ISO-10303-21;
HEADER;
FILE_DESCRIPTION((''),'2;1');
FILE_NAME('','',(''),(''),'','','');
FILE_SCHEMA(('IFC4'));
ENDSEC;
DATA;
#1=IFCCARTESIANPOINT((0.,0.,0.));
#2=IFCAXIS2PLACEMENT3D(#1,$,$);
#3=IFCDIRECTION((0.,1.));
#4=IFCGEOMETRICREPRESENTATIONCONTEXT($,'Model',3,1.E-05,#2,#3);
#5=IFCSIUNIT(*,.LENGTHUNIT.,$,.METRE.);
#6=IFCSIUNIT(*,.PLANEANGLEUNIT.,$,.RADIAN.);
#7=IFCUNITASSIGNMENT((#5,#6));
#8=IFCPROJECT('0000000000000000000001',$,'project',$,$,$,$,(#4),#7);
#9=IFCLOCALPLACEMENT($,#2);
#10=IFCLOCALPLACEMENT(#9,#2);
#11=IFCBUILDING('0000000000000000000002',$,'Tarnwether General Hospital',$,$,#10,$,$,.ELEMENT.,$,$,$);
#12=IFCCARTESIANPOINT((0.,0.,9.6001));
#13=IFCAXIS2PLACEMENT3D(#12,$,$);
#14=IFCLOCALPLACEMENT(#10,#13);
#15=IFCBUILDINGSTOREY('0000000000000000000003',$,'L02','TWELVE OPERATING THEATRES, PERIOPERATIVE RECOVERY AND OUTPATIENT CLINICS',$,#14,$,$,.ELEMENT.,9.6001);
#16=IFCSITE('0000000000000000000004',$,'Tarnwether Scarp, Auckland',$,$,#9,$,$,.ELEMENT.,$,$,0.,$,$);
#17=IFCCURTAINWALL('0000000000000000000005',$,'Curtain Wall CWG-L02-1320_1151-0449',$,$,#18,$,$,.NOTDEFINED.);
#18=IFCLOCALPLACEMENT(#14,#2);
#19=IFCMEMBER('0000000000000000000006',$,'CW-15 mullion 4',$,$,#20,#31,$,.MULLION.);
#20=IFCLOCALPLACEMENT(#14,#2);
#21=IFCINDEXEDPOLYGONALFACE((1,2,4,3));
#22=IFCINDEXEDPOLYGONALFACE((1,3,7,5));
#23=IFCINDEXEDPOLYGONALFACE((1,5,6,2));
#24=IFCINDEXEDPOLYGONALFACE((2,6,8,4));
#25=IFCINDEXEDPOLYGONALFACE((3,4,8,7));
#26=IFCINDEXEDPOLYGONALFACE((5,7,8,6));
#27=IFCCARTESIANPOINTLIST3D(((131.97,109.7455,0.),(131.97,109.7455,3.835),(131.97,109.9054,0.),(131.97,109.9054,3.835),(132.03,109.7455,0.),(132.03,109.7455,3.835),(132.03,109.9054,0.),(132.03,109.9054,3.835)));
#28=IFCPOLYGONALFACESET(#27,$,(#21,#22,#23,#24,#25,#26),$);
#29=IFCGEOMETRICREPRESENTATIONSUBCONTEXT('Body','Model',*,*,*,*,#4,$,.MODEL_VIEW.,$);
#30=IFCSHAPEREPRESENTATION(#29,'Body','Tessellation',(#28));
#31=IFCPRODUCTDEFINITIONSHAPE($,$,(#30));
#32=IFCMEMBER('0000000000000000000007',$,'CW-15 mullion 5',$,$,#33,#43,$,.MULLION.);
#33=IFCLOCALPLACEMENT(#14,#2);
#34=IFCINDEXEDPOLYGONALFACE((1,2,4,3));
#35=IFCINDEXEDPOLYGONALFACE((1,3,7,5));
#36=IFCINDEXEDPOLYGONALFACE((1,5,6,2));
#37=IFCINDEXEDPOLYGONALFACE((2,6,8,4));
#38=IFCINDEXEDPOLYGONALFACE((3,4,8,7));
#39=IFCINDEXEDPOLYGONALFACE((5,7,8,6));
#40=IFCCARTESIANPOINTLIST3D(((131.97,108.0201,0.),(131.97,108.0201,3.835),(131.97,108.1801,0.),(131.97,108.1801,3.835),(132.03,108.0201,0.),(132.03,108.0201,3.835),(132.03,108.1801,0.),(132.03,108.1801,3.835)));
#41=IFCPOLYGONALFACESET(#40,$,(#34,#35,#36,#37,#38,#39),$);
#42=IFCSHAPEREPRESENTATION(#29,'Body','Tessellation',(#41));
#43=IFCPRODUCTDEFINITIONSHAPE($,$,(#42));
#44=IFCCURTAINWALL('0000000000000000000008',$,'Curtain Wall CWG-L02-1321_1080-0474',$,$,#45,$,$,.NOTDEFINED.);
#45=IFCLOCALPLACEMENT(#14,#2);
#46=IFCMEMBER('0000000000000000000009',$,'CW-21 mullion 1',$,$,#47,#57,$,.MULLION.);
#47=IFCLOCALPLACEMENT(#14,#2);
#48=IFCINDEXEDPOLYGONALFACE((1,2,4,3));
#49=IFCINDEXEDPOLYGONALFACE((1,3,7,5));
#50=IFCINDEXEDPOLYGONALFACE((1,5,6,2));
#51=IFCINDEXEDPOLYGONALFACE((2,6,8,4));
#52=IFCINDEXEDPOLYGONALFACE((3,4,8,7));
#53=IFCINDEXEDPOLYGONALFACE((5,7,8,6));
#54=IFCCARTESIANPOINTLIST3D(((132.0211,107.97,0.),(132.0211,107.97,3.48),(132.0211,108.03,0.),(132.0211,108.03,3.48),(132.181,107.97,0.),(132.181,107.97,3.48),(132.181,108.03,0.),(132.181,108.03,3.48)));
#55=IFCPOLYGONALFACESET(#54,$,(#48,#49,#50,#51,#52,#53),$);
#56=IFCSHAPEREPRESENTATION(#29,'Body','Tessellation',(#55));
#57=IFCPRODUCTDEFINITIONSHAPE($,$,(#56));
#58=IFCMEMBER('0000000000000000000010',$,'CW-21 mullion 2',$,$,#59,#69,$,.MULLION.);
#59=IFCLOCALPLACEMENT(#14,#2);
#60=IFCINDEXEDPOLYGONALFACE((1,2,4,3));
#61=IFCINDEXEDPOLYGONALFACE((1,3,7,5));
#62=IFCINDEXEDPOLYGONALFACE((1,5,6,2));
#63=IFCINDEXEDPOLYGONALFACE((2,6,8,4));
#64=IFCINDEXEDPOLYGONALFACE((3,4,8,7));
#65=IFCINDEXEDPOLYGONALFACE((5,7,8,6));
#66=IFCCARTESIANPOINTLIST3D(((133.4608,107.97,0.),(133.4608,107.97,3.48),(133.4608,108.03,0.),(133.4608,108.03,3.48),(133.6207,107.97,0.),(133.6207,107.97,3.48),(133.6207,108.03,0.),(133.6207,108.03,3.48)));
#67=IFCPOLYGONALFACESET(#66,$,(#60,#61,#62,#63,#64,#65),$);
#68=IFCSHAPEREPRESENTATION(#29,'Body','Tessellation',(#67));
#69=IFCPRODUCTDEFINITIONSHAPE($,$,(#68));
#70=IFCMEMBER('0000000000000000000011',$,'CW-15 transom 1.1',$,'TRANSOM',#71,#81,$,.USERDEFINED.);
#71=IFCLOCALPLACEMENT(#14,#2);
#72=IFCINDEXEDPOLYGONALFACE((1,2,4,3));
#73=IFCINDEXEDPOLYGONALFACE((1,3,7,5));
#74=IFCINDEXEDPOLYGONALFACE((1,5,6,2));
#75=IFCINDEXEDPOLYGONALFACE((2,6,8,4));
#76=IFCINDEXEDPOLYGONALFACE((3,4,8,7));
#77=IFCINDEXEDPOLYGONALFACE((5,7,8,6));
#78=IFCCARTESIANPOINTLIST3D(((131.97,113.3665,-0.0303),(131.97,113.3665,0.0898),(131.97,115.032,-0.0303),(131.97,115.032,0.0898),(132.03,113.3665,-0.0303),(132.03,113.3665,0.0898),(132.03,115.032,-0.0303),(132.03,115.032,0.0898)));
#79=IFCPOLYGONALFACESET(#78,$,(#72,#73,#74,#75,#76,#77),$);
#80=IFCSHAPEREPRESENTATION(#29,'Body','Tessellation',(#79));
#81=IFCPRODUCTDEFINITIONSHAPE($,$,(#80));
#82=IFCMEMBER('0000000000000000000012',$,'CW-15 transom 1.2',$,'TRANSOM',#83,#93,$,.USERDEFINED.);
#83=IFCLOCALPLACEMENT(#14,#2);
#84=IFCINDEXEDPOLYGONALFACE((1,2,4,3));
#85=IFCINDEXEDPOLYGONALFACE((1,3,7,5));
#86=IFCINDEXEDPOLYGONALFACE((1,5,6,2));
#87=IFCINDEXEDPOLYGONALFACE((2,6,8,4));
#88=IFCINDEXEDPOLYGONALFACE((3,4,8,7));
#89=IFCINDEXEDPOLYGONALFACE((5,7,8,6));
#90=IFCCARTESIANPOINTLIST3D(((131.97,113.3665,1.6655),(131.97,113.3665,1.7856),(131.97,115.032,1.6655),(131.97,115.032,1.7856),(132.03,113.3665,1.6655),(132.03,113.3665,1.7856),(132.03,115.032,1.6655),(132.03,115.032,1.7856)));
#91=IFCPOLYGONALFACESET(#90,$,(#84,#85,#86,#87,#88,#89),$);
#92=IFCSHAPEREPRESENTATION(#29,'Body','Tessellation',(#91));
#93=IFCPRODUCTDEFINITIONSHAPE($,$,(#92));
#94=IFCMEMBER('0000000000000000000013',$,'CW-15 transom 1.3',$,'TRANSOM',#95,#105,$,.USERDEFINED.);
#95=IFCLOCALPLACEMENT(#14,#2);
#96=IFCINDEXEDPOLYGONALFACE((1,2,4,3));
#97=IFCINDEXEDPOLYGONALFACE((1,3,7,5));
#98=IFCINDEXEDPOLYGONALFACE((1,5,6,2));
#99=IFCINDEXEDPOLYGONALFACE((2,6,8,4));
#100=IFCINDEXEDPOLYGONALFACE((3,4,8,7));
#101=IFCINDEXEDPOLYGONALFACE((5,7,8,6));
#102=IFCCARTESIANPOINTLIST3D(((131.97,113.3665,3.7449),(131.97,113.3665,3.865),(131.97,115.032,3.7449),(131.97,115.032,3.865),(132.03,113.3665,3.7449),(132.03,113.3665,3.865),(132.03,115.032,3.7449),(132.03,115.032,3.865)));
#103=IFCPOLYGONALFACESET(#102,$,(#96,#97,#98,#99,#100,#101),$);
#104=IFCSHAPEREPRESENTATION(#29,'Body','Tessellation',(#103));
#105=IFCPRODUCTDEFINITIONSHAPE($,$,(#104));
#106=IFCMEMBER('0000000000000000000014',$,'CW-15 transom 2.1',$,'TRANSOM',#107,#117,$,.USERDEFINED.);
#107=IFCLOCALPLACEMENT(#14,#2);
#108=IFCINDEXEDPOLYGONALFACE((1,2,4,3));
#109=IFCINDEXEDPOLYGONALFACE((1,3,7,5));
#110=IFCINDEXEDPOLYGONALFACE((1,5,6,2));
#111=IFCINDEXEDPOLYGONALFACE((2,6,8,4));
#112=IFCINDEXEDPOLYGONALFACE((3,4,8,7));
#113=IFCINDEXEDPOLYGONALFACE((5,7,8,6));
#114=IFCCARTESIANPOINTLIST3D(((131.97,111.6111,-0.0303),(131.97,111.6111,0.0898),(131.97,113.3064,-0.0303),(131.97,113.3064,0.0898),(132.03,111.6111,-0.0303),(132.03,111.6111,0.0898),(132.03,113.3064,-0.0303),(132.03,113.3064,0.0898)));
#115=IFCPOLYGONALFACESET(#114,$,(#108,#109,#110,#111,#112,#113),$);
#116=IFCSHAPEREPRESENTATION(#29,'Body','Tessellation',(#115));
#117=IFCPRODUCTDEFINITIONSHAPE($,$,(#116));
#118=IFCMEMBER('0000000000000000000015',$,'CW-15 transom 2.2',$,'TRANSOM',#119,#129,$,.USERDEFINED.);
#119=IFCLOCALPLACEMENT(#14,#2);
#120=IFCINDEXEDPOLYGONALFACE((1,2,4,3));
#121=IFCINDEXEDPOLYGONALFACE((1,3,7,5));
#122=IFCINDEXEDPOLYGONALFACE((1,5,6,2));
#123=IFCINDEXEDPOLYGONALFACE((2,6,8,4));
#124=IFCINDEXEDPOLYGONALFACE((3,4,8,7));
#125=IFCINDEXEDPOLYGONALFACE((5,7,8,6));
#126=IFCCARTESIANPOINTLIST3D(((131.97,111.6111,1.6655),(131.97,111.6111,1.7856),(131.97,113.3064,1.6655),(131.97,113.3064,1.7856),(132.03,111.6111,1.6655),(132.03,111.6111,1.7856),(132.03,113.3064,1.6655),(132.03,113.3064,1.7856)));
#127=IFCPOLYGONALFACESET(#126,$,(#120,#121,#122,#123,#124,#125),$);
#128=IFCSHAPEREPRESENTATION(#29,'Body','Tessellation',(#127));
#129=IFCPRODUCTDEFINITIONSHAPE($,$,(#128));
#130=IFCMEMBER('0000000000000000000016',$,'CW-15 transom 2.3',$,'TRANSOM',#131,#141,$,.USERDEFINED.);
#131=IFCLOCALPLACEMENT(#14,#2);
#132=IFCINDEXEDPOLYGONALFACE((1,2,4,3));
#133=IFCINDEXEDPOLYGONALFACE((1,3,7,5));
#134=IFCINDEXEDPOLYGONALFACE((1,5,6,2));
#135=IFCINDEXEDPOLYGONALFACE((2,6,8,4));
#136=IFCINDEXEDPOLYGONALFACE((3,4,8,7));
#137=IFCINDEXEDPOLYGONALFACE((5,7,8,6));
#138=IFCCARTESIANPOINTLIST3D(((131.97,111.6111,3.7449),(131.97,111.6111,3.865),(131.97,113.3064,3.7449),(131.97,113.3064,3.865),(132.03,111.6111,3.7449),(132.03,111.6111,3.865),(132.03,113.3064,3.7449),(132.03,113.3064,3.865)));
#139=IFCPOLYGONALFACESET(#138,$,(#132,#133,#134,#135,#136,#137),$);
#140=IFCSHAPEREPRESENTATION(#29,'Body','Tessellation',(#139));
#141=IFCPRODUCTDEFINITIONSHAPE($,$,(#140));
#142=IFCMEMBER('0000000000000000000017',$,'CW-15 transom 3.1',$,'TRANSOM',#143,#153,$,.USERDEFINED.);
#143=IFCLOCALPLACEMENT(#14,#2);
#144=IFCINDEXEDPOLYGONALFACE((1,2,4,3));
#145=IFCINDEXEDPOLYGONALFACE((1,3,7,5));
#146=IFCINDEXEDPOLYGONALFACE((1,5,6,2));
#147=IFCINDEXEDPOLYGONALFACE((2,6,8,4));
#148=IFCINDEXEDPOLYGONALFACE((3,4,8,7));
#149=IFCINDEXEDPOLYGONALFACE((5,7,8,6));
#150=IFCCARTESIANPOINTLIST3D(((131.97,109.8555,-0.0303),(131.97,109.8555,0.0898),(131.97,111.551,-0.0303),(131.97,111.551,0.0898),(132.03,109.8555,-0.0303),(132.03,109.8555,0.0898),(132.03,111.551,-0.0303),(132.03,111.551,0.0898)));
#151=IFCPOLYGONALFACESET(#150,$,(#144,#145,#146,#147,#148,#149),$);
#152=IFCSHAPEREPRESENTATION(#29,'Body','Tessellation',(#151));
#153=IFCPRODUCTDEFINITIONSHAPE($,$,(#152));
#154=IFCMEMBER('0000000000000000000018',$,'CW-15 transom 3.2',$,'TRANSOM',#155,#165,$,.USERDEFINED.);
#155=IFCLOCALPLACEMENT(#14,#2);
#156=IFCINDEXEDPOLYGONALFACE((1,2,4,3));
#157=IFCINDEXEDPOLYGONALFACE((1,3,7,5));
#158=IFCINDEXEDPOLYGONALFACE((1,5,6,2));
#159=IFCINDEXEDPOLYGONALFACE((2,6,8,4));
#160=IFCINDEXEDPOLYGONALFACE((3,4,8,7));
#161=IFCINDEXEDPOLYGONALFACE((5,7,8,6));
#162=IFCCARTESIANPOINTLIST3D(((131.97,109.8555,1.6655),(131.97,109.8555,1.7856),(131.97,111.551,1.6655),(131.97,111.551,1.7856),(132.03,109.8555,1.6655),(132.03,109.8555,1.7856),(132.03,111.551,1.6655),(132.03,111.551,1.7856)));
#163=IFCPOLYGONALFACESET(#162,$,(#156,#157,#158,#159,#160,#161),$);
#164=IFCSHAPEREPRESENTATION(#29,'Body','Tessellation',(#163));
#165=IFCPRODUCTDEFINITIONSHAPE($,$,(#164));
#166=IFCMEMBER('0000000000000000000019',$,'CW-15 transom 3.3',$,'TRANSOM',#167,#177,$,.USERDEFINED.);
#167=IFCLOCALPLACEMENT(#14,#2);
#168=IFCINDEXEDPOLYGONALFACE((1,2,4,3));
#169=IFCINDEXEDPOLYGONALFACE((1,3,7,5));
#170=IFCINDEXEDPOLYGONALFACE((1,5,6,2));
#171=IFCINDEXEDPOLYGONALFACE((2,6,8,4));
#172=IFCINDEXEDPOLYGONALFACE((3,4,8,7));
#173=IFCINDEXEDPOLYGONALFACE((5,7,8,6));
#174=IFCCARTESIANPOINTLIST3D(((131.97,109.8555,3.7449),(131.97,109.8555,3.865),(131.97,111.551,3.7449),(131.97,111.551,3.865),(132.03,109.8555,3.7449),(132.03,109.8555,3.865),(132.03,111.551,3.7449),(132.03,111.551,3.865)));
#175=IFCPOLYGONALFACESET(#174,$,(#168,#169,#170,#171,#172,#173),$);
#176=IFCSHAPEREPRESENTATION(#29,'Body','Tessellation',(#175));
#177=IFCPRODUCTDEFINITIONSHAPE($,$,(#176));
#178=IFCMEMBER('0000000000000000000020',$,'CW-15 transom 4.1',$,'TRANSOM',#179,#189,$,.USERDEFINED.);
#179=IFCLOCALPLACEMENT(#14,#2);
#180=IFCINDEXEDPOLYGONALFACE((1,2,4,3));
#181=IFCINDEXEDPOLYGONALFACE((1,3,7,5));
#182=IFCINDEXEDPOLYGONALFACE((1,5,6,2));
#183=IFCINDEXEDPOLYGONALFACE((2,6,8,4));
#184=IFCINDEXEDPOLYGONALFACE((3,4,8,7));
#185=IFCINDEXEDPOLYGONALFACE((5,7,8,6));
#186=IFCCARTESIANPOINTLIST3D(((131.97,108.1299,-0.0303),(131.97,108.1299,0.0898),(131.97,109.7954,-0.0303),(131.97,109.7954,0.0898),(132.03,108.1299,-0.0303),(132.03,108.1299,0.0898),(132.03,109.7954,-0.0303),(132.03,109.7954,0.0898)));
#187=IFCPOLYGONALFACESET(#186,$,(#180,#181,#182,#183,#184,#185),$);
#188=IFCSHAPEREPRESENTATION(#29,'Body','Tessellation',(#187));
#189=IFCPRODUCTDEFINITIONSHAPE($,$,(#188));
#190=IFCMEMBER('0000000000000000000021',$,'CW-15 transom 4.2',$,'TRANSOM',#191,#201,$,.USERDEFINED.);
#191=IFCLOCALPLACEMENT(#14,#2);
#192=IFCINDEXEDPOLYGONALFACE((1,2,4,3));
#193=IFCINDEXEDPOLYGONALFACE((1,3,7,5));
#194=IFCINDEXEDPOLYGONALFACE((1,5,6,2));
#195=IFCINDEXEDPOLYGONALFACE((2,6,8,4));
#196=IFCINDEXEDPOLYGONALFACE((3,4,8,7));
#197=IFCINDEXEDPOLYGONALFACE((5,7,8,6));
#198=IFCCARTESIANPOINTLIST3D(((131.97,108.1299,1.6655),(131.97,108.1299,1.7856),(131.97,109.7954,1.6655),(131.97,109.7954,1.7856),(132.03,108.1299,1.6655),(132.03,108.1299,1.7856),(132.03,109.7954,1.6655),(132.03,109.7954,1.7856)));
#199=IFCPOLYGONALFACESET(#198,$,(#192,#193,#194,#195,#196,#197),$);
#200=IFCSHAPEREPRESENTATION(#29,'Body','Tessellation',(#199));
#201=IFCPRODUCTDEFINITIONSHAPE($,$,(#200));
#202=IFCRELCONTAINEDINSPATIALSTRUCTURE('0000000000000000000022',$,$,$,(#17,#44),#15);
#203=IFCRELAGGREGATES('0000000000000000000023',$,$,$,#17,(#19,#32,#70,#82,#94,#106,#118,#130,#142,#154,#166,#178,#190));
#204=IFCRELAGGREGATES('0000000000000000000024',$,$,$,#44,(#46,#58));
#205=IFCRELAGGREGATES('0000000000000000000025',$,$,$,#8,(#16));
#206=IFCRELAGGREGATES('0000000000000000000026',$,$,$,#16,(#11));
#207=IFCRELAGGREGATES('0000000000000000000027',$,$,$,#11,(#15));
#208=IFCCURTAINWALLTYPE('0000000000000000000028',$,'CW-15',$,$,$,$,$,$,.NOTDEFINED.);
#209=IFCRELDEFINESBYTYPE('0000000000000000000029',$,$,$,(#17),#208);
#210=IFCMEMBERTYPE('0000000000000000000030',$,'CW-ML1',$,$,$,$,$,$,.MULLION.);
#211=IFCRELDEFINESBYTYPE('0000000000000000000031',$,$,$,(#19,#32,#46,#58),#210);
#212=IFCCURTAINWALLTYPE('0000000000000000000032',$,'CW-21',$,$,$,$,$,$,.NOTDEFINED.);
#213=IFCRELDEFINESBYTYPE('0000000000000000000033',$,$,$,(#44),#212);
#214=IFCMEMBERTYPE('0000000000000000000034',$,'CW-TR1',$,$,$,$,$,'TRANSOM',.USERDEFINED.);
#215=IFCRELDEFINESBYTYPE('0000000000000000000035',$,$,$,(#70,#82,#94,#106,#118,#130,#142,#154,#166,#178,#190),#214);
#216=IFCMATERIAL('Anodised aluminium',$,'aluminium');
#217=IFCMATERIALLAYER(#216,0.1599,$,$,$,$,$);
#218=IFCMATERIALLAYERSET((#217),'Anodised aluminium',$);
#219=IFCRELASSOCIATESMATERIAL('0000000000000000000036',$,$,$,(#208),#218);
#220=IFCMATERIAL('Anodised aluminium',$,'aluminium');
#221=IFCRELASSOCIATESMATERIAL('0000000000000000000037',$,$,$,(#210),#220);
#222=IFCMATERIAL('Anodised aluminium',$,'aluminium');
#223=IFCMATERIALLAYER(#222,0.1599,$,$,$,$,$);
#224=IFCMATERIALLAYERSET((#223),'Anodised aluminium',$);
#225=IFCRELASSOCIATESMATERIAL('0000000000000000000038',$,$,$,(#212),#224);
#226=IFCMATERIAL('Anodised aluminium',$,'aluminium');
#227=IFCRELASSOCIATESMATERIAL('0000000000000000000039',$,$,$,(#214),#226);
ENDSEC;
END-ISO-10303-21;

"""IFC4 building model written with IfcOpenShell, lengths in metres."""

from ifc_helpers import new_model, si_unit, direction, frame, origin, origin_2d, place, context, subcontext, project, spatial, rectangle, extrude, material, layer, layer_set, material_profile, profile_set, type_object, element, aggregate, save


model = new_model("IFC4")

# Units and contexts
model_context = context("Model", 3, precision=1e-05, world=origin(), true_north=direction((0.0, 1.0)))
body_context = subcontext(model_context, "Body", "Model", "MODEL_VIEW")
ifc_project = project(units=[si_unit("LENGTHUNIT", "METRE"), si_unit("PLANEANGLEUNIT", "RADIAN")], contexts=[model_context])

# Site, building, storey
site_placement = place(None, origin())
site = spatial("IfcSite", under=ifc_project, at=site_placement, Name="Tarnwether Scarp, Auckland", CompositionType="ELEMENT", RefElevation=0.0)
building_placement = place(site_placement, origin())
building = spatial("IfcBuilding", under=site, at=building_placement, Name="Tarnwether General Hospital", CompositionType="ELEMENT")
storey_placement = place(building_placement, frame((0.0, 0.0, 9.6001)))
storey = spatial("IfcBuildingStorey", under=building, at=storey_placement, Name="L02", Description="TWELVE OPERATING THEATRES, PERIOPERATIVE RECOVERY AND OUTPATIENT CLINICS", CompositionType="ELEMENT", Elevation=9.6001)

# Curtain walls, members
ifc_material_1 = material(Name="Anodised aluminium", Category="aluminium")
ifc_layer_1 = layer(ifc_material_1, 0.1599)
ifc_layer_set_1 = layer_set([ifc_layer_1], Name="Anodised aluminium")
curtain_wall_type_1 = type_object("IfcCurtainWallType", Name="CW-15", PredefinedType="NOTDEFINED", material=ifc_layer_set_1)
curtain_wall_1_placement = place(storey_placement, origin())
curtain_wall_1 = element("IfcCurtainWall", 1, at=curtain_wall_1_placement, inside=storey, type_object=curtain_wall_type_1, Name="Curtain Wall CWG-L02-1320_1151-0449", PredefinedType="NOTDEFINED")
ifc_material_2 = material(Name="Anodised aluminium", Category="aluminium")
ifc_material_profile_1 = material_profile(ifc_material_2, rectangle(XDim=0.0601, YDim=0.1599, at=origin_2d()), Name="ALU-MUL-60x160")
ifc_profile_set_1 = profile_set([ifc_material_profile_1], Name="Anodised aluminium")
member_type_1 = type_object("IfcMemberType", Name="CW-ML1", PredefinedType="MULLION", material=ifc_profile_set_1)
member_1_placement = place(storey_placement, frame((132.0, 109.8254, 0.0), z_axis=(0.0, 0.0, 1.0), x_axis=(1.0, 0.0, 0.0)))
member_1 = element("IfcMember", 2, at=member_1_placement, type_object=member_type_1, Name="CW-15 mullion 4", PredefinedType="MULLION", context=body_context, shape_type="SweptSolid", body=[
    extrude(rectangle(XDim=0.0601, YDim=0.1599, at=origin_2d()), origin(), (0.0, 0.0, 1.0), 3.835),
])
member_2_placement = place(storey_placement, frame((132.0, 108.1001, 0.0), z_axis=(0.0, 0.0, 1.0), x_axis=(1.0, 0.0, 0.0)))
member_2 = element("IfcMember", 3, at=member_2_placement, type_object=member_type_1, Name="CW-15 mullion 5", PredefinedType="MULLION", context=body_context, shape_type="SweptSolid", body=[
    extrude(rectangle(XDim=0.0601, YDim=0.1599, at=origin_2d()), origin(), (0.0, 0.0, 1.0), 3.835),
])
ifc_material_3 = material(Name="Anodised aluminium", Category="aluminium")
ifc_layer_2 = layer(ifc_material_3, 0.1599)
ifc_layer_set_2 = layer_set([ifc_layer_2], Name="Anodised aluminium")
curtain_wall_type_2 = type_object("IfcCurtainWallType", Name="CW-21", PredefinedType="NOTDEFINED", material=ifc_layer_set_2)
curtain_wall_2_placement = place(storey_placement, origin())
curtain_wall_2 = element("IfcCurtainWall", 4, at=curtain_wall_2_placement, inside=storey, type_object=curtain_wall_type_2, Name="Curtain Wall CWG-L02-1321_1080-0474", PredefinedType="NOTDEFINED")
member_3_placement = place(storey_placement, frame((132.1011, 108.0, 0.0), z_axis=(0.0, 0.0, 1.0), x_axis=(0.0, 1.0, 0.0)))
member_3 = element("IfcMember", 5, at=member_3_placement, type_object=member_type_1, Name="CW-21 mullion 1", PredefinedType="MULLION", context=body_context, shape_type="SweptSolid", body=[
    extrude(rectangle(XDim=0.0601, YDim=0.1599, at=origin_2d()), origin(), (0.0, 0.0, 1.0), 3.48),
])
member_4_placement = place(storey_placement, frame((133.5408, 108.0, 0.0), z_axis=(0.0, 0.0, 1.0), x_axis=(0.0, 1.0, 0.0)))
member_4 = element("IfcMember", 6, at=member_4_placement, type_object=member_type_1, Name="CW-21 mullion 2", PredefinedType="MULLION", context=body_context, shape_type="SweptSolid", body=[
    extrude(rectangle(XDim=0.0601, YDim=0.1599, at=origin_2d()), origin(), (0.0, 0.0, 1.0), 3.48),
])

# Members
ifc_material_4 = material(Name="Anodised aluminium", Category="aluminium")
ifc_material_profile_2 = material_profile(ifc_material_4, rectangle(XDim=0.0601, YDim=0.1201, at=origin_2d()), Name="ALU-TRN-60x120")
ifc_profile_set_2 = profile_set([ifc_material_profile_2], Name="Anodised aluminium")
member_type_2 = type_object("IfcMemberType", Name="CW-TR1", ElementType="TRANSOM", PredefinedType="USERDEFINED", material=ifc_profile_set_2)
member_5_placement = place(storey_placement, frame((132.0, 115.032, 0.0298), z_axis=(0.0, -1.0, 0.0), x_axis=(1.0, 0.0, 0.0)))
member_5 = element("IfcMember", 7, at=member_5_placement, type_object=member_type_2, Name="CW-15 transom 1.1", ObjectType="TRANSOM", PredefinedType="USERDEFINED", context=body_context, shape_type="SweptSolid", body=[
    extrude(rectangle(XDim=0.0601, YDim=0.1201, at=origin_2d()), origin(), (0.0, 0.0, 1.0), 1.6655),
])
member_6_placement = place(storey_placement, frame((132.0, 115.032, 1.7256), z_axis=(0.0, -1.0, 0.0), x_axis=(1.0, 0.0, 0.0)))
member_6 = element("IfcMember", 8, at=member_6_placement, type_object=member_type_2, Name="CW-15 transom 1.2", ObjectType="TRANSOM", PredefinedType="USERDEFINED", context=body_context, shape_type="SweptSolid", body=[
    extrude(rectangle(XDim=0.0601, YDim=0.1201, at=origin_2d()), origin(), (0.0, 0.0, 1.0), 1.6655),
])
member_7_placement = place(storey_placement, frame((132.0, 115.032, 3.8049), z_axis=(0.0, -1.0, 0.0), x_axis=(1.0, 0.0, 0.0)))
member_7 = element("IfcMember", 9, at=member_7_placement, type_object=member_type_2, Name="CW-15 transom 1.3", ObjectType="TRANSOM", PredefinedType="USERDEFINED", context=body_context, shape_type="SweptSolid", body=[
    extrude(rectangle(XDim=0.0601, YDim=0.1201, at=origin_2d()), origin(), (0.0, 0.0, 1.0), 1.6655),
])
member_8_placement = place(storey_placement, frame((132.0, 113.3064, 0.0298), z_axis=(0.0, -1.0, 0.0), x_axis=(1.0, 0.0, 0.0)))
member_8 = element("IfcMember", 10, at=member_8_placement, type_object=member_type_2, Name="CW-15 transom 2.1", ObjectType="TRANSOM", PredefinedType="USERDEFINED", context=body_context, shape_type="SweptSolid", body=[
    extrude(rectangle(XDim=0.0601, YDim=0.1201, at=origin_2d()), origin(), (0.0, 0.0, 1.0), 1.6953),
])
member_9_placement = place(storey_placement, frame((132.0, 113.3064, 1.7256), z_axis=(0.0, -1.0, 0.0), x_axis=(1.0, 0.0, 0.0)))
member_9 = element("IfcMember", 11, at=member_9_placement, type_object=member_type_2, Name="CW-15 transom 2.2", ObjectType="TRANSOM", PredefinedType="USERDEFINED", context=body_context, shape_type="SweptSolid", body=[
    extrude(rectangle(XDim=0.0601, YDim=0.1201, at=origin_2d()), origin(), (0.0, 0.0, 1.0), 1.6953),
])
member_10_placement = place(storey_placement, frame((132.0, 113.3064, 3.8049), z_axis=(0.0, -1.0, 0.0), x_axis=(1.0, 0.0, 0.0)))
member_10 = element("IfcMember", 12, at=member_10_placement, type_object=member_type_2, Name="CW-15 transom 2.3", ObjectType="TRANSOM", PredefinedType="USERDEFINED", context=body_context, shape_type="SweptSolid", body=[
    extrude(rectangle(XDim=0.0601, YDim=0.1201, at=origin_2d()), origin(), (0.0, 0.0, 1.0), 1.6953),
])
member_11_placement = place(storey_placement, frame((132.0, 111.551, 0.0298), z_axis=(0.0, -1.0, 0.0), x_axis=(1.0, 0.0, 0.0)))
member_11 = element("IfcMember", 13, at=member_11_placement, type_object=member_type_2, Name="CW-15 transom 3.1", ObjectType="TRANSOM", PredefinedType="USERDEFINED", context=body_context, shape_type="SweptSolid", body=[
    extrude(rectangle(XDim=0.0601, YDim=0.1201, at=origin_2d()), origin(), (0.0, 0.0, 1.0), 1.6956),
])
member_12_placement = place(storey_placement, frame((132.0, 111.551, 1.7256), z_axis=(0.0, -1.0, 0.0), x_axis=(1.0, 0.0, 0.0)))
member_12 = element("IfcMember", 14, at=member_12_placement, type_object=member_type_2, Name="CW-15 transom 3.2", ObjectType="TRANSOM", PredefinedType="USERDEFINED", context=body_context, shape_type="SweptSolid", body=[
    extrude(rectangle(XDim=0.0601, YDim=0.1201, at=origin_2d()), origin(), (0.0, 0.0, 1.0), 1.6956),
])
member_13_placement = place(storey_placement, frame((132.0, 111.551, 3.8049), z_axis=(0.0, -1.0, 0.0), x_axis=(1.0, 0.0, 0.0)))
member_13 = element("IfcMember", 15, at=member_13_placement, type_object=member_type_2, Name="CW-15 transom 3.3", ObjectType="TRANSOM", PredefinedType="USERDEFINED", context=body_context, shape_type="SweptSolid", body=[
    extrude(rectangle(XDim=0.0601, YDim=0.1201, at=origin_2d()), origin(), (0.0, 0.0, 1.0), 1.6956),
])
member_14_placement = place(storey_placement, frame((132.0, 109.7954, 0.0298), z_axis=(0.0, -1.0, 0.0), x_axis=(1.0, 0.0, 0.0)))
member_14 = element("IfcMember", 16, at=member_14_placement, type_object=member_type_2, Name="CW-15 transom 4.1", ObjectType="TRANSOM", PredefinedType="USERDEFINED", context=body_context, shape_type="SweptSolid", body=[
    extrude(rectangle(XDim=0.0601, YDim=0.1201, at=origin_2d()), origin(), (0.0, 0.0, 1.0), 1.6655),
])
member_15_placement = place(storey_placement, frame((132.0, 109.7954, 1.7256), z_axis=(0.0, -1.0, 0.0), x_axis=(1.0, 0.0, 0.0)))
member_15 = element("IfcMember", 17, at=member_15_placement, type_object=member_type_2, Name="CW-15 transom 4.2", ObjectType="TRANSOM", PredefinedType="USERDEFINED", context=body_context, shape_type="SweptSolid", body=[
    extrude(rectangle(XDim=0.0601, YDim=0.1201, at=origin_2d()), origin(), (0.0, 0.0, 1.0), 1.6655),
])

aggregate(curtain_wall_1, [member_1, member_2, member_5, member_6, member_7, member_8, member_9, member_10, member_11, member_12, member_13, member_14, member_15])
aggregate(curtain_wall_2, [member_3, member_4])

save(model, "model.ifc")
